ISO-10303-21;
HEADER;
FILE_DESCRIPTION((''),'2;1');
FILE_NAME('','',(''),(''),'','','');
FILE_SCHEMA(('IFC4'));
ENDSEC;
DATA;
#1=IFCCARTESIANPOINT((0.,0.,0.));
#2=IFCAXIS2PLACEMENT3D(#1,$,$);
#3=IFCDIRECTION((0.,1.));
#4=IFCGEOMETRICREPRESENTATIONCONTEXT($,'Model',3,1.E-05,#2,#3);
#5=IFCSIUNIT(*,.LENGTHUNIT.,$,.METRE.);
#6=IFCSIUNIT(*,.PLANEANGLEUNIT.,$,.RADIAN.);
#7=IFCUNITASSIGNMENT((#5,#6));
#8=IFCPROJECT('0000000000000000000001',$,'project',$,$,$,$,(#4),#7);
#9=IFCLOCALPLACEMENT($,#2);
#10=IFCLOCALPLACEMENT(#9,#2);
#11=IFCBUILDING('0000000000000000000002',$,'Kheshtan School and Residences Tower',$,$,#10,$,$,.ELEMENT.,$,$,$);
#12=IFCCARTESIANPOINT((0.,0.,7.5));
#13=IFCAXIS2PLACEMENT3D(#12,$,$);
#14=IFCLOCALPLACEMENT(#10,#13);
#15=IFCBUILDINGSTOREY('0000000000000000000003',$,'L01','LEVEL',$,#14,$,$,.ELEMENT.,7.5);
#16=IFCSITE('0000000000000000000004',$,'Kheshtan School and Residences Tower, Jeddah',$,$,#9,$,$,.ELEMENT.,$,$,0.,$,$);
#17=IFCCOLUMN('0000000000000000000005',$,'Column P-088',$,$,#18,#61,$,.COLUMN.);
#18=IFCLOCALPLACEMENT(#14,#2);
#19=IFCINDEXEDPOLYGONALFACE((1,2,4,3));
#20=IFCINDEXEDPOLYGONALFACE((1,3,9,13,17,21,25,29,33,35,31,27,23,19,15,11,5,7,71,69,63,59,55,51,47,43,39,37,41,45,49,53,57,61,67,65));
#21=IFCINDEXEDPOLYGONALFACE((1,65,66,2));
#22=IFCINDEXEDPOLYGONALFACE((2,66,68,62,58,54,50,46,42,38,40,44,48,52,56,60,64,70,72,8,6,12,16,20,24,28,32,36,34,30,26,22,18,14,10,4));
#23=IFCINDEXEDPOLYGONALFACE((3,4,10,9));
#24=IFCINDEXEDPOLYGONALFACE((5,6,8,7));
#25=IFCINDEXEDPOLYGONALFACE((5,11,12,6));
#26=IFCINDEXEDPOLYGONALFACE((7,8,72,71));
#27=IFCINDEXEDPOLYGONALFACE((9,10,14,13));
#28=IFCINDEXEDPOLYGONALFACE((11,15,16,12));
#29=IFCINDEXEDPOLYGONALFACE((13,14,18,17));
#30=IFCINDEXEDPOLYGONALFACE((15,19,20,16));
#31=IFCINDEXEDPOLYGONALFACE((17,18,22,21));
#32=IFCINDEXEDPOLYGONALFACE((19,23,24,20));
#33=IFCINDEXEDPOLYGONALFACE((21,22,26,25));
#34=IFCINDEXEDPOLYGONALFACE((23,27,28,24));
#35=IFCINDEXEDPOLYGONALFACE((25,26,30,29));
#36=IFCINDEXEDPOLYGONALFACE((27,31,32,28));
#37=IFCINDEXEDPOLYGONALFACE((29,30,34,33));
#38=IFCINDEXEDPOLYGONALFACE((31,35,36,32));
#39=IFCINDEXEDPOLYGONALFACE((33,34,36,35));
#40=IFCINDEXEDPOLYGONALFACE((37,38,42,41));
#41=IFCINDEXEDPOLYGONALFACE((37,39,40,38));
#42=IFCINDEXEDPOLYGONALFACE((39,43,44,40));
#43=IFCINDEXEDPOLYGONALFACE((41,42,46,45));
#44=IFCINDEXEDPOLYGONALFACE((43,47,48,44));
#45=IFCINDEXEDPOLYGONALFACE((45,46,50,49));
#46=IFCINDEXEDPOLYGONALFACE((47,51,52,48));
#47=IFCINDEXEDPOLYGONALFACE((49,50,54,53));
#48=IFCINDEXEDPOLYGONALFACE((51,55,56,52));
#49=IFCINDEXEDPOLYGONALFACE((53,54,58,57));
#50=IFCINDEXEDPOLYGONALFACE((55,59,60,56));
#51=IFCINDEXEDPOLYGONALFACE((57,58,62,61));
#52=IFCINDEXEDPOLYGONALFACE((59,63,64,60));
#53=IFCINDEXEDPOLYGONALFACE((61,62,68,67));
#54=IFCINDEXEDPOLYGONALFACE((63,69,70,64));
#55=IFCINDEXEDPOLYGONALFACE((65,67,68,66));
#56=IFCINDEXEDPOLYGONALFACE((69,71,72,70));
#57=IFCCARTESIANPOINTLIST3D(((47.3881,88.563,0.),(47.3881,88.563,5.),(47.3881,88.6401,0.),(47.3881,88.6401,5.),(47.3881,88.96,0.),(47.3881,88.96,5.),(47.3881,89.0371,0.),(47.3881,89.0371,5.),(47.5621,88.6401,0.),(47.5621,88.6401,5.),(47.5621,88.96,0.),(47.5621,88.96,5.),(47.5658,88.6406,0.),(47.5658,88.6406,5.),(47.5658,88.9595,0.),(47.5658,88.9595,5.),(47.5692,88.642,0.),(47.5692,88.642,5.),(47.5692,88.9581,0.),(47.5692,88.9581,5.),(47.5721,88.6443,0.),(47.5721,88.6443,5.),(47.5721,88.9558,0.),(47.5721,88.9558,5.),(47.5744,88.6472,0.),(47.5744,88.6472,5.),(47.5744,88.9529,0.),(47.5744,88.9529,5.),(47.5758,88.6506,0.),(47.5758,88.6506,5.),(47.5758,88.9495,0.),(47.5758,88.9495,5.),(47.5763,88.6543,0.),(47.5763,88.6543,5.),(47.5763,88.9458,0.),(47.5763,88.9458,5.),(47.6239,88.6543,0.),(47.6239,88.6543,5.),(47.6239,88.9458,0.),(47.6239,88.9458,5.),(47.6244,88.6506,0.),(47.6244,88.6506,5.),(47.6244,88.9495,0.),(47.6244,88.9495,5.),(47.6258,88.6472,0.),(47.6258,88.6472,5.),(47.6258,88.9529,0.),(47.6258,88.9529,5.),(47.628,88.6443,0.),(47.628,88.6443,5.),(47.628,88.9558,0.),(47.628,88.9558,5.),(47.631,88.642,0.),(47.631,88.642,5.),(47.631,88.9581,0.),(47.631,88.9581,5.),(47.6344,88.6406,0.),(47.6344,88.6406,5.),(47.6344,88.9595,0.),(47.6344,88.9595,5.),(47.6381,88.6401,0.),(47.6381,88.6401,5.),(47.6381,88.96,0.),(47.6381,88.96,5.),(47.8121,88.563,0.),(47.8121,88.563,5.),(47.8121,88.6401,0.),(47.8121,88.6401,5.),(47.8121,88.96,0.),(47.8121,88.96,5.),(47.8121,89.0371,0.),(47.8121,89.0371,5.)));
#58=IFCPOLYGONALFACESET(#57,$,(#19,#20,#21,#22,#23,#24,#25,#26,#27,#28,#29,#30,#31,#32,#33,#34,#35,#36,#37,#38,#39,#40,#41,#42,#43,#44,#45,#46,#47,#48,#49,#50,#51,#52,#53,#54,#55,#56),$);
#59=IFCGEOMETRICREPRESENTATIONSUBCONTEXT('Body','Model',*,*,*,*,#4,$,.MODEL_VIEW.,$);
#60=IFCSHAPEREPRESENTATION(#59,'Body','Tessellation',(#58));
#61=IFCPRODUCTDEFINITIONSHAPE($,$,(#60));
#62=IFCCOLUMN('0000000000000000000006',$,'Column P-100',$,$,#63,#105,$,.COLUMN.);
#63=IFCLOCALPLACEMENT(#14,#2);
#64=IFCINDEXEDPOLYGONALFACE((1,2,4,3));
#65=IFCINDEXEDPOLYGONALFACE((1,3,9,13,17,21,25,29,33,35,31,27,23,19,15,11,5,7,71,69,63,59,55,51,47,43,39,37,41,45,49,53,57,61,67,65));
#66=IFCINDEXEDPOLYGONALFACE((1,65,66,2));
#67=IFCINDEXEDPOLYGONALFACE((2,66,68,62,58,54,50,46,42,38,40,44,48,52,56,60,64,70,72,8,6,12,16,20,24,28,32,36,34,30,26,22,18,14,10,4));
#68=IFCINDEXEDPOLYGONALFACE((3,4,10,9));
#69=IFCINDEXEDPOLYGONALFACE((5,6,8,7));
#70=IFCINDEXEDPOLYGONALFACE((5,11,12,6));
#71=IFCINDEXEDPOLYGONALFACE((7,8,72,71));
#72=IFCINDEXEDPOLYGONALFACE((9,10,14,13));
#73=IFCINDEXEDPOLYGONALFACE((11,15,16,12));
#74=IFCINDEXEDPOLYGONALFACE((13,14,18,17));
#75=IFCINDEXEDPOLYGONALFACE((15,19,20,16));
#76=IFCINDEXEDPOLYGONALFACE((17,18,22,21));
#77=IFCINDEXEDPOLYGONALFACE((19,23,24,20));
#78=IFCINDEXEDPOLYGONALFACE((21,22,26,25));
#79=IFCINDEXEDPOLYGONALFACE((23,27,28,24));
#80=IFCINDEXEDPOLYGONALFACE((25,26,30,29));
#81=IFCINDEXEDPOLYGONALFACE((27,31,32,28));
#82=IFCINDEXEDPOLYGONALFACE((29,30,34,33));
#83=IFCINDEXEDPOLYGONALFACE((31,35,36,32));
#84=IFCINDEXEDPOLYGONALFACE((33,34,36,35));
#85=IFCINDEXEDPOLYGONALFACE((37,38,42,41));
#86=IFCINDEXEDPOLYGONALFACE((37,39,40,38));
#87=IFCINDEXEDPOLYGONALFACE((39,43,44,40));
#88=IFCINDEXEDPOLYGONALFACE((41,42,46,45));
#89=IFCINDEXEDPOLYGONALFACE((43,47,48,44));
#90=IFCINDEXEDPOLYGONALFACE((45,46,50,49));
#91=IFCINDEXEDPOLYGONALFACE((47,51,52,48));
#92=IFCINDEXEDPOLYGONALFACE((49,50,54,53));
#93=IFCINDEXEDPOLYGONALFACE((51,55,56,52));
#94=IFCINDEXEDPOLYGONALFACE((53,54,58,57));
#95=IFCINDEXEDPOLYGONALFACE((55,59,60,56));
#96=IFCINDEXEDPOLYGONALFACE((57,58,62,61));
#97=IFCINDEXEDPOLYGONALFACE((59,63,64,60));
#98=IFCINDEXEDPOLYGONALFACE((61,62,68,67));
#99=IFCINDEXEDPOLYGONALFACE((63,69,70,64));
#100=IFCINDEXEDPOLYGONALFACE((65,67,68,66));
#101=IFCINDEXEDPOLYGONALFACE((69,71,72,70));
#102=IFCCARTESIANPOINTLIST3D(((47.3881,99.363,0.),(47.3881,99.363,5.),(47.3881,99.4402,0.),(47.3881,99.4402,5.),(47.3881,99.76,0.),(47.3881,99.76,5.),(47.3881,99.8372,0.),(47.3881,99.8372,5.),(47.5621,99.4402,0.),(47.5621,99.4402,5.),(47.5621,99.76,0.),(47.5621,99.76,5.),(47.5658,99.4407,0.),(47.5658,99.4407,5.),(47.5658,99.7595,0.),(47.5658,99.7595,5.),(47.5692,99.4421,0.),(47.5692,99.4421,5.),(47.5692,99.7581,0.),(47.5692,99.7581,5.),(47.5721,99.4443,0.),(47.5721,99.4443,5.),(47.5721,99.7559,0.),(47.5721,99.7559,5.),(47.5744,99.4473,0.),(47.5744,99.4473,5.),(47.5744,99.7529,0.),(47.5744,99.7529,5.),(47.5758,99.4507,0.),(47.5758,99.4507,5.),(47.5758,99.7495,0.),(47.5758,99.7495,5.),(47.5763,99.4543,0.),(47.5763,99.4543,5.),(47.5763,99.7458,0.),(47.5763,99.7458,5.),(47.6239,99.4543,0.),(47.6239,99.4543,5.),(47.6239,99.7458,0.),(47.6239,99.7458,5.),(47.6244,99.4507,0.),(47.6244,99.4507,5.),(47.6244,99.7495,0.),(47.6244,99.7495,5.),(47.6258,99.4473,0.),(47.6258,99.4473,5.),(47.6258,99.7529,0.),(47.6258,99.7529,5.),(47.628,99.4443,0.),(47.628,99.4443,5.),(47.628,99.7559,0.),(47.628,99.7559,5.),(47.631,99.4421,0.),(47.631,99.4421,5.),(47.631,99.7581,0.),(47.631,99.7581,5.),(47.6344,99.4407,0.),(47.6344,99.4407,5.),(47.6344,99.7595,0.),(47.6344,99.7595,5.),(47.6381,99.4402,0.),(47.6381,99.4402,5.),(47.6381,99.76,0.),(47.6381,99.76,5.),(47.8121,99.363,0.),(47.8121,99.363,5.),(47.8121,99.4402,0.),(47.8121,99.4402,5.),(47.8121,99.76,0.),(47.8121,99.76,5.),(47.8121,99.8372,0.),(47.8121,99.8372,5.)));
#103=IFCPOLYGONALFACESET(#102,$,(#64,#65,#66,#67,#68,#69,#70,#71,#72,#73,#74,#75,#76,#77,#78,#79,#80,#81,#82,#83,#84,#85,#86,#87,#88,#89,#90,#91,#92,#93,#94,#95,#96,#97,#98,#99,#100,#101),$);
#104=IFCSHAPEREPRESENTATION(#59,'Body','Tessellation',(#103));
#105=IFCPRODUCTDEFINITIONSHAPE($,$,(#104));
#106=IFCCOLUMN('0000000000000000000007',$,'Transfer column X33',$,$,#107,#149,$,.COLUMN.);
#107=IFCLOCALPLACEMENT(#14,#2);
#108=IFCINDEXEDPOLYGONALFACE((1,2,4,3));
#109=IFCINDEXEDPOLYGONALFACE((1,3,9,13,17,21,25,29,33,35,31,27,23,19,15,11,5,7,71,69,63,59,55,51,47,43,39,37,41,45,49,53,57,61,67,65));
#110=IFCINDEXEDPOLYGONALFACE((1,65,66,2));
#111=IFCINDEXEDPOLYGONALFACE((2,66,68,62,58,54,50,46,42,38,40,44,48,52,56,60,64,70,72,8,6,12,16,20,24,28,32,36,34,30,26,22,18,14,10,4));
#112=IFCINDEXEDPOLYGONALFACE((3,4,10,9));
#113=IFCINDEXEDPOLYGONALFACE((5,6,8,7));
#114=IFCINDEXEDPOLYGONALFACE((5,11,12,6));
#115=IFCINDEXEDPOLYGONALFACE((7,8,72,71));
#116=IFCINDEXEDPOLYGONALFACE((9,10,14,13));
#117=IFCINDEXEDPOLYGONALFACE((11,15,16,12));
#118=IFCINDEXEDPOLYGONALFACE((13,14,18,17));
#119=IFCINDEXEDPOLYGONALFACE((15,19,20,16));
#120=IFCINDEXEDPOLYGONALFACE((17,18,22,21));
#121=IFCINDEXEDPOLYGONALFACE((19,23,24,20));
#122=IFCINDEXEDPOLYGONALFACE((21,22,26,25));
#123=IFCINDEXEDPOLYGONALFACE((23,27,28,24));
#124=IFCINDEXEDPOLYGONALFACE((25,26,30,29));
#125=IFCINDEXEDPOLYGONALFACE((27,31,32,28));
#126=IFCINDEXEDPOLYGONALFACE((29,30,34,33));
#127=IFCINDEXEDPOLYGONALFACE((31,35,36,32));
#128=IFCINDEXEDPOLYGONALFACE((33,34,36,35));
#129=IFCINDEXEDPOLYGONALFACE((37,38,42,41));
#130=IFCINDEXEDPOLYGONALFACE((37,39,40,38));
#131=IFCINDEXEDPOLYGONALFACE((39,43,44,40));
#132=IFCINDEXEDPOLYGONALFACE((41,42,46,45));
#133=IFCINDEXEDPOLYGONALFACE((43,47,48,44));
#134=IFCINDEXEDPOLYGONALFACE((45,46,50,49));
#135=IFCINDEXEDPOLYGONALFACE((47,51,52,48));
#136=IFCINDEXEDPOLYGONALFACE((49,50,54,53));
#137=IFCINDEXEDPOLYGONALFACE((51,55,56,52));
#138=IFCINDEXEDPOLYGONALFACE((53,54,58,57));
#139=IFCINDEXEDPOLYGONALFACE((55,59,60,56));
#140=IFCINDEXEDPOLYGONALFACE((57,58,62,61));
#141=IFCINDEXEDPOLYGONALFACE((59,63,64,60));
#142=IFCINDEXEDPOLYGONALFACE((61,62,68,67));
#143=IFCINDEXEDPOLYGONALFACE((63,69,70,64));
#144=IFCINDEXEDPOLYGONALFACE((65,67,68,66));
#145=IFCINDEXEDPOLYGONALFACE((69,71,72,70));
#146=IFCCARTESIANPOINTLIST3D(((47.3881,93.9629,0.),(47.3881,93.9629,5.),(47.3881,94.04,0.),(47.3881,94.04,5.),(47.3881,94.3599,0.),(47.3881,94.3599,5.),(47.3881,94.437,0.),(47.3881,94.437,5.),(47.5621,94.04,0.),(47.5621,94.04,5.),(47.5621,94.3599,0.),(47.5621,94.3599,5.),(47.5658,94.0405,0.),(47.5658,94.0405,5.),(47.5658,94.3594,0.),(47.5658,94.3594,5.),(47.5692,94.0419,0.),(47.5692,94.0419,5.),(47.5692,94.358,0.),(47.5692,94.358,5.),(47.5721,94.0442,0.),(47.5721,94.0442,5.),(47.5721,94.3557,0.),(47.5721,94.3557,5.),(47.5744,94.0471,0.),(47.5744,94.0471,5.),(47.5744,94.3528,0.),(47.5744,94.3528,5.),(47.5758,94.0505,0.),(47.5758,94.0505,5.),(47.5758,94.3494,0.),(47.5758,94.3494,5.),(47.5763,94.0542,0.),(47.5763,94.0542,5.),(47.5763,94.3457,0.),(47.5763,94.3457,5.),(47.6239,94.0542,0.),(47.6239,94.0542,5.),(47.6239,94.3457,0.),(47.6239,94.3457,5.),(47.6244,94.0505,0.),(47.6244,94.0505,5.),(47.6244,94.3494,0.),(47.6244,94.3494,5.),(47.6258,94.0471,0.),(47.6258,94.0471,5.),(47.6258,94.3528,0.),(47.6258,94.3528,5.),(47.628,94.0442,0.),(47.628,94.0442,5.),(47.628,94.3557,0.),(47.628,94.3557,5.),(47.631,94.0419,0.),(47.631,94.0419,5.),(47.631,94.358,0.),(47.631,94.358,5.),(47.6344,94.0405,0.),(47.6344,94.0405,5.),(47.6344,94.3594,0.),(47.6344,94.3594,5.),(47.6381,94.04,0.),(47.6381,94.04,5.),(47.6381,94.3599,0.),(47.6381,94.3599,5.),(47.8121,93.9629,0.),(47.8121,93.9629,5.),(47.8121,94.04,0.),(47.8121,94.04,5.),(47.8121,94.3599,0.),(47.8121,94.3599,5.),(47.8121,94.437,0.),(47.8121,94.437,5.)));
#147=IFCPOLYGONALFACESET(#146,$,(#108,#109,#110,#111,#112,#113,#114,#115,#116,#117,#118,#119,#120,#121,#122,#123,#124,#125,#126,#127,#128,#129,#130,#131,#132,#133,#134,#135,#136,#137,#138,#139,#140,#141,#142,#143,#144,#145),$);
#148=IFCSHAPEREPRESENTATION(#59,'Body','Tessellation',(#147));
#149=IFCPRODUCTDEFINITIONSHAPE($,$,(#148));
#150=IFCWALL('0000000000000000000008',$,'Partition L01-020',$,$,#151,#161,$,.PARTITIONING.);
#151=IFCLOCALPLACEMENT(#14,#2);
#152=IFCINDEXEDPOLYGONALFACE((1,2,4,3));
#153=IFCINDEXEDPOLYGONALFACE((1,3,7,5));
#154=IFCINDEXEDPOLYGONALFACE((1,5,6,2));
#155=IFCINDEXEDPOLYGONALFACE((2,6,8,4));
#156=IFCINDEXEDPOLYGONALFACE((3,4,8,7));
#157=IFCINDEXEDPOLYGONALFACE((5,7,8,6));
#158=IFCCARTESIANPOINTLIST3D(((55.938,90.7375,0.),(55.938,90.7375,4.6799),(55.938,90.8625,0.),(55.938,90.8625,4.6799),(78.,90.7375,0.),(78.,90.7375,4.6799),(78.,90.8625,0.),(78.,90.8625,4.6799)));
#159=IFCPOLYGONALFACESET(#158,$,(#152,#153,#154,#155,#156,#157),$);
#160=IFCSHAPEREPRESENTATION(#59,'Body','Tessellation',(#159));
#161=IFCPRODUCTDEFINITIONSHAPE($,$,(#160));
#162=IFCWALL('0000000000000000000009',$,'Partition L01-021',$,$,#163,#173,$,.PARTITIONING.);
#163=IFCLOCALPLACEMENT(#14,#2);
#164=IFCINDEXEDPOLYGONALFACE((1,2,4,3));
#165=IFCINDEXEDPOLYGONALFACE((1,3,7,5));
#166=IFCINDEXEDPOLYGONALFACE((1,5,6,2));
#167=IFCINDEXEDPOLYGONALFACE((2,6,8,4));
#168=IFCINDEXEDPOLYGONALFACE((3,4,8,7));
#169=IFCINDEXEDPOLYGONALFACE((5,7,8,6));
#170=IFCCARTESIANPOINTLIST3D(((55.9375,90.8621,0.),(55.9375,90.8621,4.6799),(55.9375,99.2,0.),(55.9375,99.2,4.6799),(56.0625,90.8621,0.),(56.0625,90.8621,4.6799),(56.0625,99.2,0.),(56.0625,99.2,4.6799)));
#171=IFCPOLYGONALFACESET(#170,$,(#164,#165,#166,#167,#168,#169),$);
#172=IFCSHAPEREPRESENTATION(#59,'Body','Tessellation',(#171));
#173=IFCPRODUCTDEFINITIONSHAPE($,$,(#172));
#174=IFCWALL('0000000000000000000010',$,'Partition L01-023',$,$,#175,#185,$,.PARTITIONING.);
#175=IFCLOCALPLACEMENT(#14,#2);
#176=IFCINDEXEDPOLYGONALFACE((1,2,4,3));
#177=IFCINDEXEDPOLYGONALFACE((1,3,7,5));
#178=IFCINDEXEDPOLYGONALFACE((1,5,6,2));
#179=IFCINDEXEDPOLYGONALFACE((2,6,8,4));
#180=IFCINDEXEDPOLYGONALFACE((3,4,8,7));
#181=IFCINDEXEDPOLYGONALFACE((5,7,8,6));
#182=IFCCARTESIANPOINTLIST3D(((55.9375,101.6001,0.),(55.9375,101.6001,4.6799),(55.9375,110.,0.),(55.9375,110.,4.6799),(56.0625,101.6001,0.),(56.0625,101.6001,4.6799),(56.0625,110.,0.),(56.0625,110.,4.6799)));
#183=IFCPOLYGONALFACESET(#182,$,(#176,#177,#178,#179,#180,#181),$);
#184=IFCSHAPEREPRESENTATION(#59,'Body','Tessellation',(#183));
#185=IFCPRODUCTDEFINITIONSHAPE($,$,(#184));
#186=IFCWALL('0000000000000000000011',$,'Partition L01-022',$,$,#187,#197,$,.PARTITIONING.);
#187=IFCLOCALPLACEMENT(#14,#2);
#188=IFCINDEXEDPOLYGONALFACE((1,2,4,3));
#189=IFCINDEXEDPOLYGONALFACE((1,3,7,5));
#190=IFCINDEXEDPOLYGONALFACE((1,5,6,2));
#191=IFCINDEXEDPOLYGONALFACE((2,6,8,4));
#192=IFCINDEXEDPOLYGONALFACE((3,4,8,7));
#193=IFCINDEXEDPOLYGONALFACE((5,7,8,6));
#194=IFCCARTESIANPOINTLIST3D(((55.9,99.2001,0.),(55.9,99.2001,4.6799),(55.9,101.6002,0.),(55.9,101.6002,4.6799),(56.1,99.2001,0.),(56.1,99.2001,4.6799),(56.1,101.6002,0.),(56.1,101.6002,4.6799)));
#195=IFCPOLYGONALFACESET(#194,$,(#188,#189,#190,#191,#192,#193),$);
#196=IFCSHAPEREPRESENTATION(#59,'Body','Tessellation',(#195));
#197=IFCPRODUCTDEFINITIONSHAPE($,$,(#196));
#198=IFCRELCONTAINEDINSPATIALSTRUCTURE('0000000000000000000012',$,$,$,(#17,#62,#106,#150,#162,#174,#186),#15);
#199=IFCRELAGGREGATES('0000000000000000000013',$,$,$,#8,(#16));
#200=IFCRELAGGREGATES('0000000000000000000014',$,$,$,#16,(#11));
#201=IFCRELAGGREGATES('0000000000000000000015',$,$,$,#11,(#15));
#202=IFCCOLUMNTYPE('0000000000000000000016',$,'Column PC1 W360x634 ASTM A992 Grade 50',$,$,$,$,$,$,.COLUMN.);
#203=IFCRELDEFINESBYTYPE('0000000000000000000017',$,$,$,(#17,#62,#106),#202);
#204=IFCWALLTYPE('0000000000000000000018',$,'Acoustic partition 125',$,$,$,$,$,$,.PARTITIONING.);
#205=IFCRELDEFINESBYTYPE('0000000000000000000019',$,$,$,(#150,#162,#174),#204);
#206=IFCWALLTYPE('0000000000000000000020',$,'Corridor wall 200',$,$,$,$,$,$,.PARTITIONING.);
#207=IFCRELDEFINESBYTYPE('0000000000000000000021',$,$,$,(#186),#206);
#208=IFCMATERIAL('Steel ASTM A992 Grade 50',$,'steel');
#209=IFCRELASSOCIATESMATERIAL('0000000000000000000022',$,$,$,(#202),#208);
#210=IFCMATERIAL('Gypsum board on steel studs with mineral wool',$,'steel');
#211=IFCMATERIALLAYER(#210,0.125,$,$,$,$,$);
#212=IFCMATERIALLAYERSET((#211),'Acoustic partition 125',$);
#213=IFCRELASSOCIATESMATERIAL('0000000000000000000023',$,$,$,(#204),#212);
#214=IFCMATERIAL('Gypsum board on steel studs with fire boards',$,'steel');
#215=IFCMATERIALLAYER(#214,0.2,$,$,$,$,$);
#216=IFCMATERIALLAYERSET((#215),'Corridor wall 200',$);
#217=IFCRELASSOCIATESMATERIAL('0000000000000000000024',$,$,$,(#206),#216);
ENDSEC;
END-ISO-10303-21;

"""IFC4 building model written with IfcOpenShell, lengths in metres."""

from ifc_helpers import new_model, si_unit, direction, frame, frame_2d, origin, origin_2d, place, context, subcontext, project, spatial, rectangle, i_section, extrude, material, layer, layer_set, material_profile, profile_set, type_object, element, save


model = new_model("IFC4")

# Units and contexts
model_context = context("Model", 3, precision=1e-05, world=origin(), true_north=direction((0.0, 1.0)))
body_context = subcontext(model_context, "Body", "Model", "MODEL_VIEW")
ifc_project = project(units=[si_unit("LENGTHUNIT", "METRE"), si_unit("PLANEANGLEUNIT", "RADIAN")], contexts=[model_context])

# Site, building, storey
site_placement = place(None, origin())
site = spatial("IfcSite", under=ifc_project, at=site_placement, Name="Kheshtan School and Residences Tower, Jeddah", CompositionType="ELEMENT", RefElevation=0.0)
building_placement = place(site_placement, origin())
building = spatial("IfcBuilding", under=site, at=building_placement, Name="Kheshtan School and Residences Tower", CompositionType="ELEMENT")
storey_placement = place(building_placement, frame((0.0, 0.0, 7.5)))
storey = spatial("IfcBuildingStorey", under=building, at=storey_placement, Name="L01", Description="LEVEL", CompositionType="ELEMENT", Elevation=7.5)

# Columns
ifc_material_1 = material(Name="Steel ASTM A992 Grade 50", Category="steel")
ifc_material_profile = material_profile(ifc_material_1, i_section(OverallWidth=0.4241, OverallDepth=0.4741, WebThickness=0.0476, FlangeThickness=0.0771, FilletRadius=0.0142, at=origin_2d()), Name="W360x634")
ifc_profile_set = profile_set([ifc_material_profile], Name="Steel ASTM A992 Grade 50")
column_type = type_object("IfcColumnType", Name="Column PC1 W360x634 ASTM A992 Grade 50", PredefinedType="COLUMN", material=ifc_profile_set)
for number, where, z_axis, x_axis, name in (
    (1, (47.6001, 88.8, 0.0), (0.0, 0.0, 1.0), (1.0, 0.0, 0.0), "Column P-088"),
    (2, (47.6001, 99.6001, 0.0), (0.0, 0.0, 1.0), (1.0, 0.0, 0.0), "Column P-100"),
    (3, (47.6001, 94.2, 0.0), (0.0, 0.0, 1.0), (1.0, 0.0, 0.0), "Transfer column X33"),
):
    element("IfcColumn", number, at=place(storey_placement, frame(where, z_axis=z_axis, x_axis=x_axis)), inside=storey, type_object=column_type, Name=name, PredefinedType="COLUMN", context=body_context, shape_type="SweptSolid", body=[
        extrude(i_section(OverallWidth=0.4241, OverallDepth=0.4741, WebThickness=0.0476, FlangeThickness=0.0771, FilletRadius=0.0142, at=origin_2d()), origin(), (0.0, 0.0, 1.0), 5.0),
    ])

# Walls
ifc_material_2 = material(Name="Gypsum board on steel studs with mineral wool", Category="steel")
ifc_layer_1 = layer(ifc_material_2, 0.125)
ifc_layer_set_1 = layer_set([ifc_layer_1], Name="Acoustic partition 125")
wall_type_1 = type_object("IfcWallType", Name="Acoustic partition 125", PredefinedType="PARTITIONING", material=ifc_layer_set_1)
wall_1_placement = place(storey_placement, frame((55.938, 90.8, 0.0), z_axis=(0.0, 0.0, 1.0), x_axis=(1.0, 0.0, 0.0)))
element("IfcWall", 4, at=wall_1_placement, inside=storey, type_object=wall_type_1, Name="Partition L01-020", PredefinedType="PARTITIONING", context=body_context, shape_type="SweptSolid", body=[
    extrude(rectangle(XDim=22.062, YDim=0.125, at=frame_2d((11.031, 0.0))), origin(), (0.0, 0.0, 1.0), 4.6799),
])
wall_2_placement = place(storey_placement, frame((56.0, 90.8621, 0.0), z_axis=(0.0, 0.0, 1.0), x_axis=(0.0, 1.0, 0.0)))
element("IfcWall", 5, at=wall_2_placement, inside=storey, type_object=wall_type_1, Name="Partition L01-021", PredefinedType="PARTITIONING", context=body_context, shape_type="SweptSolid", body=[
    extrude(rectangle(XDim=8.3379, YDim=0.125, at=frame_2d((4.1689, 0.0))), origin(), (0.0, 0.0, 1.0), 4.6799),
])
wall_3_placement = place(storey_placement, frame((56.0, 101.6001, 0.0), z_axis=(0.0, 0.0, 1.0), x_axis=(0.0, 1.0, 0.0)))
element("IfcWall", 6, at=wall_3_placement, inside=storey, type_object=wall_type_1, Name="Partition L01-023", PredefinedType="PARTITIONING", context=body_context, shape_type="SweptSolid", body=[
    extrude(rectangle(XDim=8.3999, YDim=0.125, at=frame_2d((4.2, 0.0))), origin(), (0.0, 0.0, 1.0), 4.6799),
])
ifc_material_3 = material(Name="Gypsum board on steel studs with fire boards", Category="steel")
ifc_layer_2 = layer(ifc_material_3, 0.2)
ifc_layer_set_2 = layer_set([ifc_layer_2], Name="Corridor wall 200")
wall_type_2 = type_object("IfcWallType", Name="Corridor wall 200", PredefinedType="PARTITIONING", material=ifc_layer_set_2)
wall_4_placement = place(storey_placement, frame((56.0, 99.2, 0.0), z_axis=(0.0, 0.0, 1.0), x_axis=(0.0, 1.0, 0.0)))
element("IfcWall", 7, at=wall_4_placement, inside=storey, type_object=wall_type_2, Name="Partition L01-022", PredefinedType="PARTITIONING", context=body_context, shape_type="SweptSolid", body=[
    extrude(rectangle(XDim=2.4001, YDim=0.2, at=frame_2d((1.2002, 0.0))), origin(), (0.0, 0.0, 1.0), 4.6799),
])

save(model, "model.ifc")
